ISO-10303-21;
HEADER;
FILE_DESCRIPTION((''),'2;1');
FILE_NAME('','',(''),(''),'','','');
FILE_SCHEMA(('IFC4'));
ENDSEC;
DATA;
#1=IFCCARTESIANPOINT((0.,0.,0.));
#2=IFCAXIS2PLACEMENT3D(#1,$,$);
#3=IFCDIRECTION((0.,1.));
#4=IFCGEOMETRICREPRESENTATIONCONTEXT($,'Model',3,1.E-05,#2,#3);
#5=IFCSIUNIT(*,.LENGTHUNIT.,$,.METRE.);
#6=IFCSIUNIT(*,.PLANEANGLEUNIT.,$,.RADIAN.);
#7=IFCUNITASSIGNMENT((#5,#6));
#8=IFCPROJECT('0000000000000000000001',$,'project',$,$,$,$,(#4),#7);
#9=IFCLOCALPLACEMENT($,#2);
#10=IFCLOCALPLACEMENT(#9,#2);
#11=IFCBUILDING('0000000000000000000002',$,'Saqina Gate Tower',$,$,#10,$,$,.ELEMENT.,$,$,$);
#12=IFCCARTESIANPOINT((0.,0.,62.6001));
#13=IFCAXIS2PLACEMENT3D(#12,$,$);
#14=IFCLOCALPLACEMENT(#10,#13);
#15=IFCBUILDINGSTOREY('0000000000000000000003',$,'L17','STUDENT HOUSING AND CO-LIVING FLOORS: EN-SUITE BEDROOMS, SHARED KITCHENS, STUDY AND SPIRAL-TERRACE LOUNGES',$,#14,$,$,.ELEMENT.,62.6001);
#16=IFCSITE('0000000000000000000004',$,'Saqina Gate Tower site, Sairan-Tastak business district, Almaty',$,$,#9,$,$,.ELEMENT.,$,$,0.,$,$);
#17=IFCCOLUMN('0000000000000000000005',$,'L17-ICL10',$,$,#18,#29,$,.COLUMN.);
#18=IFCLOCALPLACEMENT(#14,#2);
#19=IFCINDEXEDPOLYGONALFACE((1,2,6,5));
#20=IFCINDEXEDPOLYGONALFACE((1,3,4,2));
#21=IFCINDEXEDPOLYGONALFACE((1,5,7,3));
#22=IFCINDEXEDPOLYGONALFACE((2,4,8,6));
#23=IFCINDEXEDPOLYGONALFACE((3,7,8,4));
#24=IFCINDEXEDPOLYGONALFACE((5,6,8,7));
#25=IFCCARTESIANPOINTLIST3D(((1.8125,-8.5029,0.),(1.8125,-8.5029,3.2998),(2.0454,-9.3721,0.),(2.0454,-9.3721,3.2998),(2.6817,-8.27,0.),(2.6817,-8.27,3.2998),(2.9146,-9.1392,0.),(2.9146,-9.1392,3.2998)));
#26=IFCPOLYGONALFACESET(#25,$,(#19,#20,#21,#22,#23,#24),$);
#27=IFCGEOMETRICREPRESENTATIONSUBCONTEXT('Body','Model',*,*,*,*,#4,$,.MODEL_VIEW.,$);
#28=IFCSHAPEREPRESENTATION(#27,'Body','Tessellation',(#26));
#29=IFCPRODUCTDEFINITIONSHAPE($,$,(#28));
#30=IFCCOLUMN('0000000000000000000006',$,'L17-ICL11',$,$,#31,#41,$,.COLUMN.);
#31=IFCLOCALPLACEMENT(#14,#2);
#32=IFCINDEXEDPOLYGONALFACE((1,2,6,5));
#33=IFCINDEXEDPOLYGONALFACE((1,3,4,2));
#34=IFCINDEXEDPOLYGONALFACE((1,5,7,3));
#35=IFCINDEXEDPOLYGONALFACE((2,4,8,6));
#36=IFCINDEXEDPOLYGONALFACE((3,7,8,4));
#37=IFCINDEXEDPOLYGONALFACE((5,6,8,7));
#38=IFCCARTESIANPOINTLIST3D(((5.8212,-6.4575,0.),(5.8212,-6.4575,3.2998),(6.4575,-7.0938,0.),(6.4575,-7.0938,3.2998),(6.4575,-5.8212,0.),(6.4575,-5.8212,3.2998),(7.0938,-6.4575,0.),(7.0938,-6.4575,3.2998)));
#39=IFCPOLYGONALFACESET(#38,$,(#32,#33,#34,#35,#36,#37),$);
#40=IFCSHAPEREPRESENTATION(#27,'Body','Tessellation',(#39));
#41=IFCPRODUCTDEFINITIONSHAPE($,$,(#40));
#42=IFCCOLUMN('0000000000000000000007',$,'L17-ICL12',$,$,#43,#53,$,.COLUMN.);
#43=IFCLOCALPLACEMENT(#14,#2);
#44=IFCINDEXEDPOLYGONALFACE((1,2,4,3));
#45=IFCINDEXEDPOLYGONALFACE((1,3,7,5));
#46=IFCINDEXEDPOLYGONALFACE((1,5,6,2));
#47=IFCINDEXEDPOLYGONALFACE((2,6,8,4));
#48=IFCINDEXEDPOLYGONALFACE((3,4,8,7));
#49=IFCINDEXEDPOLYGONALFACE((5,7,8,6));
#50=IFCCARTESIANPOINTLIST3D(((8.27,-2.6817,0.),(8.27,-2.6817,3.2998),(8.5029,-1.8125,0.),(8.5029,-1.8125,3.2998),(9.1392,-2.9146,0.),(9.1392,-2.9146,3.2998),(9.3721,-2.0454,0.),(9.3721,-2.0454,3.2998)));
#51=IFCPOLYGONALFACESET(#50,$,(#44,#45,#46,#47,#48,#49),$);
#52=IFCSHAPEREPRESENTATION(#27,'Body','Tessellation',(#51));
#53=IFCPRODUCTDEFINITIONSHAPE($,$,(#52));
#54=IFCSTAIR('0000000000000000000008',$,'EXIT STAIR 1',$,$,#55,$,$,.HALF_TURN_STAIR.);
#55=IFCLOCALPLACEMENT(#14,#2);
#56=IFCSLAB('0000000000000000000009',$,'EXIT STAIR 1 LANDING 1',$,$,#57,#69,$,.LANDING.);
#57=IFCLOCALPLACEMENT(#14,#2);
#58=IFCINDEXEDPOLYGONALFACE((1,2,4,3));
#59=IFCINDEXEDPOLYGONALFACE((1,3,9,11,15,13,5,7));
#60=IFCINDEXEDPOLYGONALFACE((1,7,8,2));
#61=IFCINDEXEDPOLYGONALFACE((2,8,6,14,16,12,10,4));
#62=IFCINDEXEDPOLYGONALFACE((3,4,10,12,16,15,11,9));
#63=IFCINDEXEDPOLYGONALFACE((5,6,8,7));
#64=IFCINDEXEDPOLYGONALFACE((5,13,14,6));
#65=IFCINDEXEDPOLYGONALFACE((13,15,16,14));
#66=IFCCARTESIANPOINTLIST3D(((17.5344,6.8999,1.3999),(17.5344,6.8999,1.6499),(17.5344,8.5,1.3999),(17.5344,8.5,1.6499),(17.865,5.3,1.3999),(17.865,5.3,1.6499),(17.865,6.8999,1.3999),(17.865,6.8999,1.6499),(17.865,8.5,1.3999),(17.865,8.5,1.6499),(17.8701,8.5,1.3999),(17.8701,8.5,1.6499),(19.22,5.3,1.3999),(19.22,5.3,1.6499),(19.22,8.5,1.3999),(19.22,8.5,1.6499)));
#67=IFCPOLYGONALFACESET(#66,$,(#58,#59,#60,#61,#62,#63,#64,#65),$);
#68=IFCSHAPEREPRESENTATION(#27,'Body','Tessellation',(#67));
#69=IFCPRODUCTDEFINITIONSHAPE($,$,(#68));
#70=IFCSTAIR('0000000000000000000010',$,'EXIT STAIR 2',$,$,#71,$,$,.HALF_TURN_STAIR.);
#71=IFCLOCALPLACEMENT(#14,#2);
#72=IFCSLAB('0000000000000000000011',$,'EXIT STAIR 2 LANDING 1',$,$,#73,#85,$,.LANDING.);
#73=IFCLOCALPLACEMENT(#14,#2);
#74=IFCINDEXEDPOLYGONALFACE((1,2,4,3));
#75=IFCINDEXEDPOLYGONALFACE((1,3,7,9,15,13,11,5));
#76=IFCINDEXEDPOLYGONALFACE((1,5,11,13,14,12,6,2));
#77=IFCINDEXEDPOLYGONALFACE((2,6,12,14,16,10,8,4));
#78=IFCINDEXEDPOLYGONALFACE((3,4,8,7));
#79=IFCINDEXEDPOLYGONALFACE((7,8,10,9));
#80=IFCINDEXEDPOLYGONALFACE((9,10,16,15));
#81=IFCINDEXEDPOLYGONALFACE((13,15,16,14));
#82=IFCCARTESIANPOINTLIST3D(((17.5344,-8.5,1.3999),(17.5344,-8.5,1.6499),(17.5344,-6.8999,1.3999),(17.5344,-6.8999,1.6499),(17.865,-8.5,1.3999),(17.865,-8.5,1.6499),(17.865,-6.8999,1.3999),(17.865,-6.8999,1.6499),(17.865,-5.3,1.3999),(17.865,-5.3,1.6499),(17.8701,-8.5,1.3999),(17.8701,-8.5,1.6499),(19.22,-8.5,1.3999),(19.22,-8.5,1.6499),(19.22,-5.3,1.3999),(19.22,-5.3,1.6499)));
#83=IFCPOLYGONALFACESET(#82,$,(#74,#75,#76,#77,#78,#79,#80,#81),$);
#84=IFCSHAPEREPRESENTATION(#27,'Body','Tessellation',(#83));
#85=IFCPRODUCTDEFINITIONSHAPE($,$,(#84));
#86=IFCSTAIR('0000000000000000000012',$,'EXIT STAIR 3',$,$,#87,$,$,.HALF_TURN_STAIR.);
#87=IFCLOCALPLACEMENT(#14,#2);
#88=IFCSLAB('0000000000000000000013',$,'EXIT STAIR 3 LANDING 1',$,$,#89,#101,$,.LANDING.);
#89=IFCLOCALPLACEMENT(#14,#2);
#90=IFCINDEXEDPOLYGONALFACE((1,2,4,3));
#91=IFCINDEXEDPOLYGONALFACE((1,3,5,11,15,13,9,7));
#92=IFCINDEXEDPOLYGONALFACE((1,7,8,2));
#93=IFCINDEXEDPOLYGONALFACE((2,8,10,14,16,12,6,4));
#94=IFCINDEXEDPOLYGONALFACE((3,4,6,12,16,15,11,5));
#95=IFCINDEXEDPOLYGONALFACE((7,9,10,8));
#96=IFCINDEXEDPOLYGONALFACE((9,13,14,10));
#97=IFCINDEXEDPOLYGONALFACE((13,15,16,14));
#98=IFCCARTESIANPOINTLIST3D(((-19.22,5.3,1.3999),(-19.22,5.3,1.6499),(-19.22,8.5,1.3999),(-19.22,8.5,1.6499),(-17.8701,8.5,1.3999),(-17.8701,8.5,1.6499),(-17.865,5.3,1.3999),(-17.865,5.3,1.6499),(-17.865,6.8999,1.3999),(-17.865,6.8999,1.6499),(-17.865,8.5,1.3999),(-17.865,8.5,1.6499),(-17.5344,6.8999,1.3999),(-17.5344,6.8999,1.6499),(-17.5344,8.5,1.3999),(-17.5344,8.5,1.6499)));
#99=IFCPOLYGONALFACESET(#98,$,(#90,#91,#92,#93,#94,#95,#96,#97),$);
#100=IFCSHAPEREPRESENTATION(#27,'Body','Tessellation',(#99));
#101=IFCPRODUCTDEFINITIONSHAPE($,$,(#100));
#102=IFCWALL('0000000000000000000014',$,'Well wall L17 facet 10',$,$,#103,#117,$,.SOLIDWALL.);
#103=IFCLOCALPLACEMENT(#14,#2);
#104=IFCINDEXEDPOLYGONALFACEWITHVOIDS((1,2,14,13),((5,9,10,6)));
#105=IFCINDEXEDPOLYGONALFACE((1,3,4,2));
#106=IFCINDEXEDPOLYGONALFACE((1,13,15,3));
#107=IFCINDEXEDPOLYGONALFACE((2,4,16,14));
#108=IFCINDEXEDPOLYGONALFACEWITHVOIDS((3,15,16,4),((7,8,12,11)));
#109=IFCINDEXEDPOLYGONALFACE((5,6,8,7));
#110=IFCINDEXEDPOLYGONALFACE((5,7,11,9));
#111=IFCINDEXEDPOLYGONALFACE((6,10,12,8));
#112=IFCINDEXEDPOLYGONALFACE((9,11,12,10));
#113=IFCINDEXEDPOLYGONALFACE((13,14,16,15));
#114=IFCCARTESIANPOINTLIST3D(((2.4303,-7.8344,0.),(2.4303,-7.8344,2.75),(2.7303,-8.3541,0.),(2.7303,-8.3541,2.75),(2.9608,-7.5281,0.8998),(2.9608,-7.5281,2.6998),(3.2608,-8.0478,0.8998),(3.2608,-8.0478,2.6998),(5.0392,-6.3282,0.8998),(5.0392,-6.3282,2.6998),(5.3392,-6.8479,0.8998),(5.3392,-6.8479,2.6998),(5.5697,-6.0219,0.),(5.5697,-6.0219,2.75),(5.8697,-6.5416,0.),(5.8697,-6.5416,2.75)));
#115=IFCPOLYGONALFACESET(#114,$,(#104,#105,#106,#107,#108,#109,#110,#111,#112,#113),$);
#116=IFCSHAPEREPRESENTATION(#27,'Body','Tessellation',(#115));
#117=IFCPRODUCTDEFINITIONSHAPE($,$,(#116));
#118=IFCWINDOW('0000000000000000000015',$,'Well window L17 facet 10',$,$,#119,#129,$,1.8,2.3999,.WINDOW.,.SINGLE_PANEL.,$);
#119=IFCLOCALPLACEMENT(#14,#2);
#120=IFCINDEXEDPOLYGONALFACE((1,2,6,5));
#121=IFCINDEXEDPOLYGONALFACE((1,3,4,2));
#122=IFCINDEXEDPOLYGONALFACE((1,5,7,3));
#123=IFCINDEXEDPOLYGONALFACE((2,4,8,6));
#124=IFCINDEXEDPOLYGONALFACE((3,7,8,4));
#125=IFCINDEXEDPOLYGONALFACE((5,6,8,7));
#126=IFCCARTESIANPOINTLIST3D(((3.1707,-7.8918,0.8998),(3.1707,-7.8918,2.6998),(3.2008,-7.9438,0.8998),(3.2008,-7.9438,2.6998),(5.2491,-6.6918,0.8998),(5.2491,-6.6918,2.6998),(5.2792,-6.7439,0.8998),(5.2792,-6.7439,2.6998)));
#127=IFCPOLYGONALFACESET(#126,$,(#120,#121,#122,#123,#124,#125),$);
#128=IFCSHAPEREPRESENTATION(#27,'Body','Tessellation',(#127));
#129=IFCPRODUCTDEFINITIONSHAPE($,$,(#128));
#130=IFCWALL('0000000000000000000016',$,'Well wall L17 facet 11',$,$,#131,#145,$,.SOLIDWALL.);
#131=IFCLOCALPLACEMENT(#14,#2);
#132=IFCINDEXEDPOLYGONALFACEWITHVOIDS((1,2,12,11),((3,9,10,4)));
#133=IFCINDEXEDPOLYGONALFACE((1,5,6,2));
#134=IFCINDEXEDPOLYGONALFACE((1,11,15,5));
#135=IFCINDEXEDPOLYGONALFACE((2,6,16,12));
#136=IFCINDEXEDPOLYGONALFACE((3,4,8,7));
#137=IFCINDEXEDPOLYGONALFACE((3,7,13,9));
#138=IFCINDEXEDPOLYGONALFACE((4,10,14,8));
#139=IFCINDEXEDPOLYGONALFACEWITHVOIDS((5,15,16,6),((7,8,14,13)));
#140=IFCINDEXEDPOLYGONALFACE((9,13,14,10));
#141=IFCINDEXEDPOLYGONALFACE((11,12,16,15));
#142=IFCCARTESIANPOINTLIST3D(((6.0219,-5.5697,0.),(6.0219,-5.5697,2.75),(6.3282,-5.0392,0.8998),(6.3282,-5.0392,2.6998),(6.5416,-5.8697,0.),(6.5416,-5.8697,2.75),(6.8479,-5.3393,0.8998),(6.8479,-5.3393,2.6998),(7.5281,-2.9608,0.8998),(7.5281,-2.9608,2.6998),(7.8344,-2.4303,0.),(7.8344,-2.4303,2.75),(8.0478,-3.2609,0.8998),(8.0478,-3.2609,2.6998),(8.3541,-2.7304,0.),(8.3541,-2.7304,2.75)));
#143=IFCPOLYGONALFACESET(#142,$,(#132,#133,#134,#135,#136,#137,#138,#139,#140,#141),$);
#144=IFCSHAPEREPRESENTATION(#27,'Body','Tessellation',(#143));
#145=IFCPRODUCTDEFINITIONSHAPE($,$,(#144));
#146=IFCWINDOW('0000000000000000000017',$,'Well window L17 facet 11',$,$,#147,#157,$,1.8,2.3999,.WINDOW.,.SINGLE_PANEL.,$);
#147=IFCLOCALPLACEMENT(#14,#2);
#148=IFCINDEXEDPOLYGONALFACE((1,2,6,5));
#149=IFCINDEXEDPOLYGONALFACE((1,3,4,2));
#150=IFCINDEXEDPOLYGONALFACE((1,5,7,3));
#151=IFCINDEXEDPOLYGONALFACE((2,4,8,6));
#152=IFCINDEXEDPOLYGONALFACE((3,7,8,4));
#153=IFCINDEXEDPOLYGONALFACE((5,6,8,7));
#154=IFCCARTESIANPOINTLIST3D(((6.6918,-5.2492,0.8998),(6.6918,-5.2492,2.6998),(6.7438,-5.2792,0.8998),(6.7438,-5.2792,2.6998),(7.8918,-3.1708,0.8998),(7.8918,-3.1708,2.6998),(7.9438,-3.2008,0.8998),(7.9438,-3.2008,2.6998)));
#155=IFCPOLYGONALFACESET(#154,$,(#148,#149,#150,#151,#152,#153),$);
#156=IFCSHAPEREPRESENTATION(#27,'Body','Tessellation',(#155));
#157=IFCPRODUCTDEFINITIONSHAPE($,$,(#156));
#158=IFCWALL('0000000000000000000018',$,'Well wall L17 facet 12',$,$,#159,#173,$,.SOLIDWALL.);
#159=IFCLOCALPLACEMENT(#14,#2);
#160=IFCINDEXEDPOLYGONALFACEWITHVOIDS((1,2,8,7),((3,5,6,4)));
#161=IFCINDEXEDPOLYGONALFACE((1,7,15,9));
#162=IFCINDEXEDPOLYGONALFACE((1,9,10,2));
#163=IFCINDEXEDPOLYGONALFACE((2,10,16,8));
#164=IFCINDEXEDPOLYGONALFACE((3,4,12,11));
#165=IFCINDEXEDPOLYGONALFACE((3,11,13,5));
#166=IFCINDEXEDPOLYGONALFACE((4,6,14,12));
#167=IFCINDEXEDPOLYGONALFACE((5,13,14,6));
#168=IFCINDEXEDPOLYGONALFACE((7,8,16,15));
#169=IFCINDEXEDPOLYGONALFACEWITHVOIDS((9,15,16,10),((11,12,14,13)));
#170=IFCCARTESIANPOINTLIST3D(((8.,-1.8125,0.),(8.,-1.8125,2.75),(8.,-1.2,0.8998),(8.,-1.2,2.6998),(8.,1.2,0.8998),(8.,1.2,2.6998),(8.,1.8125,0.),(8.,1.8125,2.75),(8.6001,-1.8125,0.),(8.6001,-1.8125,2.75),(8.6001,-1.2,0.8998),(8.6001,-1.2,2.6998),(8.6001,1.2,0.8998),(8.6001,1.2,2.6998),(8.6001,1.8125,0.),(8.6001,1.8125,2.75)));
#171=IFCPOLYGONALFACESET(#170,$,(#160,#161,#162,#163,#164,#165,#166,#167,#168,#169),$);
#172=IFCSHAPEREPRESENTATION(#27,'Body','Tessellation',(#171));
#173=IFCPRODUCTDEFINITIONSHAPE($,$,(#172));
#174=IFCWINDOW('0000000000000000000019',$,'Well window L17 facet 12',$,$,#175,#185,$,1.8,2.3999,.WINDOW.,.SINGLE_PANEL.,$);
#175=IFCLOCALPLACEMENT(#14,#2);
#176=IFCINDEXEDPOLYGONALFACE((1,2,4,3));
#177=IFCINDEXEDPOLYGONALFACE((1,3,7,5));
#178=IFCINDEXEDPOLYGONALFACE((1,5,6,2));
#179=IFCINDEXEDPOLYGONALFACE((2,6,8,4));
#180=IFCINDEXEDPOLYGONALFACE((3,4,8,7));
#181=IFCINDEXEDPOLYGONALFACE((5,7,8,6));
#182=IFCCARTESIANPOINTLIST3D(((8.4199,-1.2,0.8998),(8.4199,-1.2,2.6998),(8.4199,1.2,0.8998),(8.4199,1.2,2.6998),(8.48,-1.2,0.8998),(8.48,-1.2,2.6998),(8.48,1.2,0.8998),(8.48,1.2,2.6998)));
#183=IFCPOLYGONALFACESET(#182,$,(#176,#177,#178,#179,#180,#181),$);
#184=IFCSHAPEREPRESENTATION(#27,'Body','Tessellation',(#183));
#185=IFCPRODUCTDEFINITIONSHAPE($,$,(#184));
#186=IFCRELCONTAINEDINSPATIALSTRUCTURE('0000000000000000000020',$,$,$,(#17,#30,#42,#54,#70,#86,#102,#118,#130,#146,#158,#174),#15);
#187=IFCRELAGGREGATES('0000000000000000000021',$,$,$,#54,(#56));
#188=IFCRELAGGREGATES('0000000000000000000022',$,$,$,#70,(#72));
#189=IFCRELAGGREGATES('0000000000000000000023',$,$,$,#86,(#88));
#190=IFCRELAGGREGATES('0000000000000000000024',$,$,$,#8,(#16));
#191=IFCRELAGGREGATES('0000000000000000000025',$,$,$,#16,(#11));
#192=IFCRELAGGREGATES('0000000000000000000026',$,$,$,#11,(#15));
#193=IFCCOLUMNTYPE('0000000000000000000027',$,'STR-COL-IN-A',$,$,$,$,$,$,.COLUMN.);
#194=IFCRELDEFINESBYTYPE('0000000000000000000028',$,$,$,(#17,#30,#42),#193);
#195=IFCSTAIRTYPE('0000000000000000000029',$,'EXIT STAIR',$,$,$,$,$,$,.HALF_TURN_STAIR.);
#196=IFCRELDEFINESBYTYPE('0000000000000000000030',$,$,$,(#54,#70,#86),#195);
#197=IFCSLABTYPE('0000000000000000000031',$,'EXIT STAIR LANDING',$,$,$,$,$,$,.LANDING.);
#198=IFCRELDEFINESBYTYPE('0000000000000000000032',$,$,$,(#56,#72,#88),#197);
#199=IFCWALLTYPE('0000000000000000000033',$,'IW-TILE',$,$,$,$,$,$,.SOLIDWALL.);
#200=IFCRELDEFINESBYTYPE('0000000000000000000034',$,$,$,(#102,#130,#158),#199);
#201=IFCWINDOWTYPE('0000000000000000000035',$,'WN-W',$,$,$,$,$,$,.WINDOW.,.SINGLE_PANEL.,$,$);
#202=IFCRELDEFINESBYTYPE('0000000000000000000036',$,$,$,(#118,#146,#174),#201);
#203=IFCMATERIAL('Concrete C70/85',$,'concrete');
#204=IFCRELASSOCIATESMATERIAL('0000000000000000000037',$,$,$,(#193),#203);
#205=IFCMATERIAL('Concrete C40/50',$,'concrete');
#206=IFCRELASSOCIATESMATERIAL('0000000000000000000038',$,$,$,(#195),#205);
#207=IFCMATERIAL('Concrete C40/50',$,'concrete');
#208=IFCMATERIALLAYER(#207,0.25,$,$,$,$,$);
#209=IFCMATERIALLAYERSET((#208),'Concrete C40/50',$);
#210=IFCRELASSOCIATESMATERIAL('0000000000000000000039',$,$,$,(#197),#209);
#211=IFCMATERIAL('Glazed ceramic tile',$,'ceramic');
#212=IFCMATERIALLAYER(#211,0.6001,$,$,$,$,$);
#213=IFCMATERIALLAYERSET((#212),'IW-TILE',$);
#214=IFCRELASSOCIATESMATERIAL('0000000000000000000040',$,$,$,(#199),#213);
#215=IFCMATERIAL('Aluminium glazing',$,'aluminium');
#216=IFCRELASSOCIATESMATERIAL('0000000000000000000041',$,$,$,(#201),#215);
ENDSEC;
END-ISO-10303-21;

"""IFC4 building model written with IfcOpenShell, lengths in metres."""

from ifc_helpers import new_model, si_unit, direction, frame, frame_2d, origin, origin_2d, place, context, subcontext, project, spatial, polyline, rectangle, outline, extrude, material, layer, layer_set, material_profile, profile_set, type_object, element, fill, aggregate, save


model = new_model("IFC4")

# Units and contexts
model_context = context("Model", 3, precision=1e-05, world=origin(), true_north=direction((0.0, 1.0)))
body_context = subcontext(model_context, "Body", "Model", "MODEL_VIEW")
ifc_project = project(units=[si_unit("LENGTHUNIT", "METRE"), si_unit("PLANEANGLEUNIT", "RADIAN")], contexts=[model_context])

# Site, building, storey
site_placement = place(None, origin())
site = spatial("IfcSite", under=ifc_project, at=site_placement, Name="Saqina Gate Tower site, Sairan-Tastak business district, Almaty", CompositionType="ELEMENT", RefElevation=0.0)
building_placement = place(site_placement, origin())
building = spatial("IfcBuilding", under=site, at=building_placement, Name="Saqina Gate Tower", CompositionType="ELEMENT")
storey_placement = place(building_placement, frame((0.0, 0.0, 62.6001)))
storey = spatial("IfcBuildingStorey", under=building, at=storey_placement, Name="L17", Description="STUDENT HOUSING AND CO-LIVING FLOORS: EN-SUITE BEDROOMS, SHARED KITCHENS, STUDY AND SPIRAL-TERRACE LOUNGES", CompositionType="ELEMENT", Elevation=62.6001)

# Columns
ifc_material_1 = material(Name="Concrete C70/85", Category="concrete")
ifc_material_profile = material_profile(ifc_material_1, rectangle(XDim=0.8999, YDim=0.8999, at=origin_2d()), Name="RC 900x900")
ifc_profile_set = profile_set([ifc_material_profile], Name="Concrete C70/85")
column_type = type_object("IfcColumnType", Name="STR-COL-IN-A", PredefinedType="COLUMN", material=ifc_profile_set)
for number, where, z_axis, x_axis, name in (
    (1, (2.3635, -8.821, 0.0), (0.0, 0.0, 1.0), (0.258819, -0.965926, 0.0), "L17-ICL10"),
    (2, (6.4575, -6.4575, 0.0), (0.0, 0.0, 1.0), (0.707107, -0.707107, 0.0), "L17-ICL11"),
    (3, (8.821, -2.3635, 0.0), (0.0, 0.0, 1.0), (0.965926, -0.258819, 0.0), "L17-ICL12"),
):
    element("IfcColumn", number, at=place(storey_placement, frame(where, z_axis=z_axis, x_axis=x_axis)), inside=storey, type_object=column_type, Name=name, PredefinedType="COLUMN", context=body_context, shape_type="SweptSolid", body=[
        extrude(rectangle(XDim=0.8999, YDim=0.8999, at=origin_2d()), origin(), (0.0, 0.0, 1.0), 3.2998),
    ])

# Stairs, slabs
ifc_material_2 = material(Name="Concrete C40/50", Category="concrete")
stair_type = type_object("IfcStairType", Name="EXIT STAIR", PredefinedType="HALF_TURN_STAIR", material=ifc_material_2)
stair_1_placement = place(storey_placement, origin())
stair_1 = element("IfcStair", 4, at=stair_1_placement, inside=storey, type_object=stair_type, Name="EXIT STAIR 1", PredefinedType="HALF_TURN_STAIR")
ifc_material_3 = material(Name="Concrete C40/50", Category="concrete")
ifc_layer_1 = layer(ifc_material_3, 0.25)
ifc_layer_set_1 = layer_set([ifc_layer_1], Name="Concrete C40/50")
slab_type = type_object("IfcSlabType", Name="EXIT STAIR LANDING", PredefinedType="LANDING", material=ifc_layer_set_1)
slab_1_placement = place(storey_placement, frame((0.0, 0.0, 1.3999)))
slab_1 = element("IfcSlab", 5, at=slab_1_placement, type_object=slab_type, Name="EXIT STAIR 1 LANDING 1", PredefinedType="LANDING", context=body_context, shape_type="SweptSolid", body=[
    extrude(outline(polyline([(19.22, 8.5), (19.22, 5.3), (17.865, 5.3), (17.865, 6.8999), (17.5344, 6.8999), (17.5344, 8.5), (17.865, 8.5), (17.8701, 8.5), (19.22, 8.5)])), origin(), (0.0, 0.0, 1.0), 0.25),
])
aggregate(stair_1, [slab_1])
stair_2_placement = place(storey_placement, origin())
stair_2 = element("IfcStair", 6, at=stair_2_placement, inside=storey, type_object=stair_type, Name="EXIT STAIR 2", PredefinedType="HALF_TURN_STAIR")
slab_2_placement = place(storey_placement, frame((0.0, 0.0, 1.3999)))
slab_2 = element("IfcSlab", 7, at=slab_2_placement, type_object=slab_type, Name="EXIT STAIR 2 LANDING 1", PredefinedType="LANDING", context=body_context, shape_type="SweptSolid", body=[
    extrude(outline(polyline([(17.5344, -8.5), (17.5344, -6.8999), (17.865, -6.8999), (17.865, -5.3), (19.22, -5.3), (19.22, -8.5), (17.8701, -8.5), (17.865, -8.5), (17.5344, -8.5)])), origin(), (0.0, 0.0, 1.0), 0.25),
])
aggregate(stair_2, [slab_2])
stair_3_placement = place(storey_placement, origin())
stair_3 = element("IfcStair", 8, at=stair_3_placement, inside=storey, type_object=stair_type, Name="EXIT STAIR 3", PredefinedType="HALF_TURN_STAIR")
slab_3_placement = place(storey_placement, frame((0.0, 0.0, 1.3999)))
slab_3 = element("IfcSlab", 9, at=slab_3_placement, type_object=slab_type, Name="EXIT STAIR 3 LANDING 1", PredefinedType="LANDING", context=body_context, shape_type="SweptSolid", body=[
    extrude(outline(polyline([(-17.865, 5.3), (-19.22, 5.3), (-19.22, 8.5), (-17.8701, 8.5), (-17.865, 8.5), (-17.5344, 8.5), (-17.5344, 6.8999), (-17.865, 6.8999), (-17.865, 5.3)])), origin(), (0.0, 0.0, 1.0), 0.25),
])
aggregate(stair_3, [slab_3])

# Walls, openings, windows
ifc_material_4 = material(Name="Glazed ceramic tile", Category="ceramic")
ifc_layer_2 = layer(ifc_material_4, 0.6001)
ifc_layer_set_2 = layer_set([ifc_layer_2], Name="IW-TILE")
wall_type_1 = type_object("IfcWallType", Name="IW-TILE", PredefinedType="SOLIDWALL", material=ifc_layer_set_2)
wall_1_placement = place(storey_placement, frame((2.5803, -8.0942, 0.0), z_axis=(0.0, 0.0, 1.0), x_axis=(0.86603, 0.499993, 0.0)))
wall_1 = element("IfcWall", 10, at=wall_1_placement, inside=storey, type_object=wall_type_1, Name="Well wall L17 facet 10", PredefinedType="SOLIDWALL", context=body_context, shape_type="SweptSolid", body=[
    extrude(rectangle(XDim=3.625, YDim=0.6001, at=frame_2d((1.8125, 0.0))), origin(), (0.0, 0.0, 1.0), 2.75),
])
opening_1_placement = place(wall_1_placement, frame((0.6125, 0.0, 0.8999)))
opening_1 = element("IfcOpeningElement", 11, at=opening_1_placement, cuts=wall_1, PredefinedType="OPENING", context=body_context, shape_type="SweptSolid", body=[
    extrude(rectangle(XDim=2.3999, YDim=1.8, at=frame_2d((1.2, 0.8999))), frame((0.0, 0.312, 0.0), z_axis=(0.0, -1.0, 0.0), x_axis=(1.0, 0.0, 0.0)), (0.0, 0.0, 1.0), 0.624),
])
ifc_material_5 = material(Name="Aluminium glazing", Category="aluminium")
window_type = type_object("IfcWindowType", Name="WN-W", PartitioningType="SINGLE_PANEL", PredefinedType="WINDOW", material=ifc_material_5)
window_1_placement = place(opening_1_placement, origin())
window_1 = element("IfcWindow", 12, at=window_1_placement, inside=storey, type_object=window_type, Name="Well window L17 facet 10", OverallHeight=1.8, OverallWidth=2.3999, PartitioningType="SINGLE_PANEL", PredefinedType="WINDOW", context=body_context, shape_type="SweptSolid", body=[
    extrude(rectangle(XDim=2.3999, YDim=1.8, at=frame_2d((1.2, 0.8999))), frame((0.0, -0.1199, 0.0), z_axis=(0.0, -1.0, 0.0), x_axis=(1.0, 0.0, 0.0)), (0.0, 0.0, 1.0), 0.0601),
])
fill(opening_1, window_1)
wall_2_placement = place(storey_placement, frame((6.2817, -5.7197, 0.0), z_axis=(0.0, 0.0, 1.0), x_axis=(0.499993, 0.86603, 0.0)))
wall_2 = element("IfcWall", 13, at=wall_2_placement, inside=storey, type_object=wall_type_1, Name="Well wall L17 facet 11", PredefinedType="SOLIDWALL", context=body_context, shape_type="SweptSolid", body=[
    extrude(rectangle(XDim=3.625, YDim=0.6001, at=frame_2d((1.8125, 0.0))), origin(), (0.0, 0.0, 1.0), 2.75),
])
opening_2_placement = place(wall_2_placement, frame((0.6125, 0.0, 0.8999)))
opening_2 = element("IfcOpeningElement", 14, at=opening_2_placement, cuts=wall_2, PredefinedType="OPENING", context=body_context, shape_type="SweptSolid", body=[
    extrude(rectangle(XDim=2.3999, YDim=1.8, at=frame_2d((1.2, 0.8999))), frame((0.0, 0.312, 0.0), z_axis=(0.0, -1.0, 0.0), x_axis=(1.0, 0.0, 0.0)), (0.0, 0.0, 1.0), 0.624),
])
window_2_placement = place(opening_2_placement, origin())
window_2 = element("IfcWindow", 15, at=window_2_placement, inside=storey, type_object=window_type, Name="Well window L17 facet 11", OverallHeight=1.8, OverallWidth=2.3999, PartitioningType="SINGLE_PANEL", PredefinedType="WINDOW", context=body_context, shape_type="SweptSolid", body=[
    extrude(rectangle(XDim=2.3999, YDim=1.8, at=frame_2d((1.2, 0.8999))), frame((0.0, -0.1199, 0.0), z_axis=(0.0, -1.0, 0.0), x_axis=(1.0, 0.0, 0.0)), (0.0, 0.0, 1.0), 0.0601),
])
fill(opening_2, window_2)
wall_3_placement = place(storey_placement, frame((8.3, -1.8125, 0.0), z_axis=(0.0, 0.0, 1.0), x_axis=(0.0, 1.0, 0.0)))
wall_3 = element("IfcWall", 16, at=wall_3_placement, inside=storey, type_object=wall_type_1, Name="Well wall L17 facet 12", PredefinedType="SOLIDWALL", context=body_context, shape_type="SweptSolid", body=[
    extrude(rectangle(XDim=3.625, YDim=0.6001, at=frame_2d((1.8125, 0.0))), origin(), (0.0, 0.0, 1.0), 2.75),
])
opening_3_placement = place(wall_3_placement, frame((0.6125, 0.0, 0.8999)))
opening_3 = element("IfcOpeningElement", 17, at=opening_3_placement, cuts=wall_3, PredefinedType="OPENING", context=body_context, shape_type="SweptSolid", body=[
    extrude(rectangle(XDim=2.3999, YDim=1.8, at=frame_2d((1.2, 0.8999))), frame((0.0, 0.312, 0.0), z_axis=(0.0, -1.0, 0.0), x_axis=(1.0, 0.0, 0.0)), (0.0, 0.0, 1.0), 0.624),
])
window_3_placement = place(opening_3_placement, origin())
window_3 = element("IfcWindow", 18, at=window_3_placement, inside=storey, type_object=window_type, Name="Well window L17 facet 12", OverallHeight=1.8, OverallWidth=2.3999, PartitioningType="SINGLE_PANEL", PredefinedType="WINDOW", context=body_context, shape_type="SweptSolid", body=[
    extrude(rectangle(XDim=2.3999, YDim=1.8, at=frame_2d((1.2, 0.8999))), frame((0.0, -0.1199, 0.0), z_axis=(0.0, -1.0, 0.0), x_axis=(1.0, 0.0, 0.0)), (0.0, 0.0, 1.0), 0.0601),
])
fill(opening_3, window_3)

save(model, "model.ifc")
